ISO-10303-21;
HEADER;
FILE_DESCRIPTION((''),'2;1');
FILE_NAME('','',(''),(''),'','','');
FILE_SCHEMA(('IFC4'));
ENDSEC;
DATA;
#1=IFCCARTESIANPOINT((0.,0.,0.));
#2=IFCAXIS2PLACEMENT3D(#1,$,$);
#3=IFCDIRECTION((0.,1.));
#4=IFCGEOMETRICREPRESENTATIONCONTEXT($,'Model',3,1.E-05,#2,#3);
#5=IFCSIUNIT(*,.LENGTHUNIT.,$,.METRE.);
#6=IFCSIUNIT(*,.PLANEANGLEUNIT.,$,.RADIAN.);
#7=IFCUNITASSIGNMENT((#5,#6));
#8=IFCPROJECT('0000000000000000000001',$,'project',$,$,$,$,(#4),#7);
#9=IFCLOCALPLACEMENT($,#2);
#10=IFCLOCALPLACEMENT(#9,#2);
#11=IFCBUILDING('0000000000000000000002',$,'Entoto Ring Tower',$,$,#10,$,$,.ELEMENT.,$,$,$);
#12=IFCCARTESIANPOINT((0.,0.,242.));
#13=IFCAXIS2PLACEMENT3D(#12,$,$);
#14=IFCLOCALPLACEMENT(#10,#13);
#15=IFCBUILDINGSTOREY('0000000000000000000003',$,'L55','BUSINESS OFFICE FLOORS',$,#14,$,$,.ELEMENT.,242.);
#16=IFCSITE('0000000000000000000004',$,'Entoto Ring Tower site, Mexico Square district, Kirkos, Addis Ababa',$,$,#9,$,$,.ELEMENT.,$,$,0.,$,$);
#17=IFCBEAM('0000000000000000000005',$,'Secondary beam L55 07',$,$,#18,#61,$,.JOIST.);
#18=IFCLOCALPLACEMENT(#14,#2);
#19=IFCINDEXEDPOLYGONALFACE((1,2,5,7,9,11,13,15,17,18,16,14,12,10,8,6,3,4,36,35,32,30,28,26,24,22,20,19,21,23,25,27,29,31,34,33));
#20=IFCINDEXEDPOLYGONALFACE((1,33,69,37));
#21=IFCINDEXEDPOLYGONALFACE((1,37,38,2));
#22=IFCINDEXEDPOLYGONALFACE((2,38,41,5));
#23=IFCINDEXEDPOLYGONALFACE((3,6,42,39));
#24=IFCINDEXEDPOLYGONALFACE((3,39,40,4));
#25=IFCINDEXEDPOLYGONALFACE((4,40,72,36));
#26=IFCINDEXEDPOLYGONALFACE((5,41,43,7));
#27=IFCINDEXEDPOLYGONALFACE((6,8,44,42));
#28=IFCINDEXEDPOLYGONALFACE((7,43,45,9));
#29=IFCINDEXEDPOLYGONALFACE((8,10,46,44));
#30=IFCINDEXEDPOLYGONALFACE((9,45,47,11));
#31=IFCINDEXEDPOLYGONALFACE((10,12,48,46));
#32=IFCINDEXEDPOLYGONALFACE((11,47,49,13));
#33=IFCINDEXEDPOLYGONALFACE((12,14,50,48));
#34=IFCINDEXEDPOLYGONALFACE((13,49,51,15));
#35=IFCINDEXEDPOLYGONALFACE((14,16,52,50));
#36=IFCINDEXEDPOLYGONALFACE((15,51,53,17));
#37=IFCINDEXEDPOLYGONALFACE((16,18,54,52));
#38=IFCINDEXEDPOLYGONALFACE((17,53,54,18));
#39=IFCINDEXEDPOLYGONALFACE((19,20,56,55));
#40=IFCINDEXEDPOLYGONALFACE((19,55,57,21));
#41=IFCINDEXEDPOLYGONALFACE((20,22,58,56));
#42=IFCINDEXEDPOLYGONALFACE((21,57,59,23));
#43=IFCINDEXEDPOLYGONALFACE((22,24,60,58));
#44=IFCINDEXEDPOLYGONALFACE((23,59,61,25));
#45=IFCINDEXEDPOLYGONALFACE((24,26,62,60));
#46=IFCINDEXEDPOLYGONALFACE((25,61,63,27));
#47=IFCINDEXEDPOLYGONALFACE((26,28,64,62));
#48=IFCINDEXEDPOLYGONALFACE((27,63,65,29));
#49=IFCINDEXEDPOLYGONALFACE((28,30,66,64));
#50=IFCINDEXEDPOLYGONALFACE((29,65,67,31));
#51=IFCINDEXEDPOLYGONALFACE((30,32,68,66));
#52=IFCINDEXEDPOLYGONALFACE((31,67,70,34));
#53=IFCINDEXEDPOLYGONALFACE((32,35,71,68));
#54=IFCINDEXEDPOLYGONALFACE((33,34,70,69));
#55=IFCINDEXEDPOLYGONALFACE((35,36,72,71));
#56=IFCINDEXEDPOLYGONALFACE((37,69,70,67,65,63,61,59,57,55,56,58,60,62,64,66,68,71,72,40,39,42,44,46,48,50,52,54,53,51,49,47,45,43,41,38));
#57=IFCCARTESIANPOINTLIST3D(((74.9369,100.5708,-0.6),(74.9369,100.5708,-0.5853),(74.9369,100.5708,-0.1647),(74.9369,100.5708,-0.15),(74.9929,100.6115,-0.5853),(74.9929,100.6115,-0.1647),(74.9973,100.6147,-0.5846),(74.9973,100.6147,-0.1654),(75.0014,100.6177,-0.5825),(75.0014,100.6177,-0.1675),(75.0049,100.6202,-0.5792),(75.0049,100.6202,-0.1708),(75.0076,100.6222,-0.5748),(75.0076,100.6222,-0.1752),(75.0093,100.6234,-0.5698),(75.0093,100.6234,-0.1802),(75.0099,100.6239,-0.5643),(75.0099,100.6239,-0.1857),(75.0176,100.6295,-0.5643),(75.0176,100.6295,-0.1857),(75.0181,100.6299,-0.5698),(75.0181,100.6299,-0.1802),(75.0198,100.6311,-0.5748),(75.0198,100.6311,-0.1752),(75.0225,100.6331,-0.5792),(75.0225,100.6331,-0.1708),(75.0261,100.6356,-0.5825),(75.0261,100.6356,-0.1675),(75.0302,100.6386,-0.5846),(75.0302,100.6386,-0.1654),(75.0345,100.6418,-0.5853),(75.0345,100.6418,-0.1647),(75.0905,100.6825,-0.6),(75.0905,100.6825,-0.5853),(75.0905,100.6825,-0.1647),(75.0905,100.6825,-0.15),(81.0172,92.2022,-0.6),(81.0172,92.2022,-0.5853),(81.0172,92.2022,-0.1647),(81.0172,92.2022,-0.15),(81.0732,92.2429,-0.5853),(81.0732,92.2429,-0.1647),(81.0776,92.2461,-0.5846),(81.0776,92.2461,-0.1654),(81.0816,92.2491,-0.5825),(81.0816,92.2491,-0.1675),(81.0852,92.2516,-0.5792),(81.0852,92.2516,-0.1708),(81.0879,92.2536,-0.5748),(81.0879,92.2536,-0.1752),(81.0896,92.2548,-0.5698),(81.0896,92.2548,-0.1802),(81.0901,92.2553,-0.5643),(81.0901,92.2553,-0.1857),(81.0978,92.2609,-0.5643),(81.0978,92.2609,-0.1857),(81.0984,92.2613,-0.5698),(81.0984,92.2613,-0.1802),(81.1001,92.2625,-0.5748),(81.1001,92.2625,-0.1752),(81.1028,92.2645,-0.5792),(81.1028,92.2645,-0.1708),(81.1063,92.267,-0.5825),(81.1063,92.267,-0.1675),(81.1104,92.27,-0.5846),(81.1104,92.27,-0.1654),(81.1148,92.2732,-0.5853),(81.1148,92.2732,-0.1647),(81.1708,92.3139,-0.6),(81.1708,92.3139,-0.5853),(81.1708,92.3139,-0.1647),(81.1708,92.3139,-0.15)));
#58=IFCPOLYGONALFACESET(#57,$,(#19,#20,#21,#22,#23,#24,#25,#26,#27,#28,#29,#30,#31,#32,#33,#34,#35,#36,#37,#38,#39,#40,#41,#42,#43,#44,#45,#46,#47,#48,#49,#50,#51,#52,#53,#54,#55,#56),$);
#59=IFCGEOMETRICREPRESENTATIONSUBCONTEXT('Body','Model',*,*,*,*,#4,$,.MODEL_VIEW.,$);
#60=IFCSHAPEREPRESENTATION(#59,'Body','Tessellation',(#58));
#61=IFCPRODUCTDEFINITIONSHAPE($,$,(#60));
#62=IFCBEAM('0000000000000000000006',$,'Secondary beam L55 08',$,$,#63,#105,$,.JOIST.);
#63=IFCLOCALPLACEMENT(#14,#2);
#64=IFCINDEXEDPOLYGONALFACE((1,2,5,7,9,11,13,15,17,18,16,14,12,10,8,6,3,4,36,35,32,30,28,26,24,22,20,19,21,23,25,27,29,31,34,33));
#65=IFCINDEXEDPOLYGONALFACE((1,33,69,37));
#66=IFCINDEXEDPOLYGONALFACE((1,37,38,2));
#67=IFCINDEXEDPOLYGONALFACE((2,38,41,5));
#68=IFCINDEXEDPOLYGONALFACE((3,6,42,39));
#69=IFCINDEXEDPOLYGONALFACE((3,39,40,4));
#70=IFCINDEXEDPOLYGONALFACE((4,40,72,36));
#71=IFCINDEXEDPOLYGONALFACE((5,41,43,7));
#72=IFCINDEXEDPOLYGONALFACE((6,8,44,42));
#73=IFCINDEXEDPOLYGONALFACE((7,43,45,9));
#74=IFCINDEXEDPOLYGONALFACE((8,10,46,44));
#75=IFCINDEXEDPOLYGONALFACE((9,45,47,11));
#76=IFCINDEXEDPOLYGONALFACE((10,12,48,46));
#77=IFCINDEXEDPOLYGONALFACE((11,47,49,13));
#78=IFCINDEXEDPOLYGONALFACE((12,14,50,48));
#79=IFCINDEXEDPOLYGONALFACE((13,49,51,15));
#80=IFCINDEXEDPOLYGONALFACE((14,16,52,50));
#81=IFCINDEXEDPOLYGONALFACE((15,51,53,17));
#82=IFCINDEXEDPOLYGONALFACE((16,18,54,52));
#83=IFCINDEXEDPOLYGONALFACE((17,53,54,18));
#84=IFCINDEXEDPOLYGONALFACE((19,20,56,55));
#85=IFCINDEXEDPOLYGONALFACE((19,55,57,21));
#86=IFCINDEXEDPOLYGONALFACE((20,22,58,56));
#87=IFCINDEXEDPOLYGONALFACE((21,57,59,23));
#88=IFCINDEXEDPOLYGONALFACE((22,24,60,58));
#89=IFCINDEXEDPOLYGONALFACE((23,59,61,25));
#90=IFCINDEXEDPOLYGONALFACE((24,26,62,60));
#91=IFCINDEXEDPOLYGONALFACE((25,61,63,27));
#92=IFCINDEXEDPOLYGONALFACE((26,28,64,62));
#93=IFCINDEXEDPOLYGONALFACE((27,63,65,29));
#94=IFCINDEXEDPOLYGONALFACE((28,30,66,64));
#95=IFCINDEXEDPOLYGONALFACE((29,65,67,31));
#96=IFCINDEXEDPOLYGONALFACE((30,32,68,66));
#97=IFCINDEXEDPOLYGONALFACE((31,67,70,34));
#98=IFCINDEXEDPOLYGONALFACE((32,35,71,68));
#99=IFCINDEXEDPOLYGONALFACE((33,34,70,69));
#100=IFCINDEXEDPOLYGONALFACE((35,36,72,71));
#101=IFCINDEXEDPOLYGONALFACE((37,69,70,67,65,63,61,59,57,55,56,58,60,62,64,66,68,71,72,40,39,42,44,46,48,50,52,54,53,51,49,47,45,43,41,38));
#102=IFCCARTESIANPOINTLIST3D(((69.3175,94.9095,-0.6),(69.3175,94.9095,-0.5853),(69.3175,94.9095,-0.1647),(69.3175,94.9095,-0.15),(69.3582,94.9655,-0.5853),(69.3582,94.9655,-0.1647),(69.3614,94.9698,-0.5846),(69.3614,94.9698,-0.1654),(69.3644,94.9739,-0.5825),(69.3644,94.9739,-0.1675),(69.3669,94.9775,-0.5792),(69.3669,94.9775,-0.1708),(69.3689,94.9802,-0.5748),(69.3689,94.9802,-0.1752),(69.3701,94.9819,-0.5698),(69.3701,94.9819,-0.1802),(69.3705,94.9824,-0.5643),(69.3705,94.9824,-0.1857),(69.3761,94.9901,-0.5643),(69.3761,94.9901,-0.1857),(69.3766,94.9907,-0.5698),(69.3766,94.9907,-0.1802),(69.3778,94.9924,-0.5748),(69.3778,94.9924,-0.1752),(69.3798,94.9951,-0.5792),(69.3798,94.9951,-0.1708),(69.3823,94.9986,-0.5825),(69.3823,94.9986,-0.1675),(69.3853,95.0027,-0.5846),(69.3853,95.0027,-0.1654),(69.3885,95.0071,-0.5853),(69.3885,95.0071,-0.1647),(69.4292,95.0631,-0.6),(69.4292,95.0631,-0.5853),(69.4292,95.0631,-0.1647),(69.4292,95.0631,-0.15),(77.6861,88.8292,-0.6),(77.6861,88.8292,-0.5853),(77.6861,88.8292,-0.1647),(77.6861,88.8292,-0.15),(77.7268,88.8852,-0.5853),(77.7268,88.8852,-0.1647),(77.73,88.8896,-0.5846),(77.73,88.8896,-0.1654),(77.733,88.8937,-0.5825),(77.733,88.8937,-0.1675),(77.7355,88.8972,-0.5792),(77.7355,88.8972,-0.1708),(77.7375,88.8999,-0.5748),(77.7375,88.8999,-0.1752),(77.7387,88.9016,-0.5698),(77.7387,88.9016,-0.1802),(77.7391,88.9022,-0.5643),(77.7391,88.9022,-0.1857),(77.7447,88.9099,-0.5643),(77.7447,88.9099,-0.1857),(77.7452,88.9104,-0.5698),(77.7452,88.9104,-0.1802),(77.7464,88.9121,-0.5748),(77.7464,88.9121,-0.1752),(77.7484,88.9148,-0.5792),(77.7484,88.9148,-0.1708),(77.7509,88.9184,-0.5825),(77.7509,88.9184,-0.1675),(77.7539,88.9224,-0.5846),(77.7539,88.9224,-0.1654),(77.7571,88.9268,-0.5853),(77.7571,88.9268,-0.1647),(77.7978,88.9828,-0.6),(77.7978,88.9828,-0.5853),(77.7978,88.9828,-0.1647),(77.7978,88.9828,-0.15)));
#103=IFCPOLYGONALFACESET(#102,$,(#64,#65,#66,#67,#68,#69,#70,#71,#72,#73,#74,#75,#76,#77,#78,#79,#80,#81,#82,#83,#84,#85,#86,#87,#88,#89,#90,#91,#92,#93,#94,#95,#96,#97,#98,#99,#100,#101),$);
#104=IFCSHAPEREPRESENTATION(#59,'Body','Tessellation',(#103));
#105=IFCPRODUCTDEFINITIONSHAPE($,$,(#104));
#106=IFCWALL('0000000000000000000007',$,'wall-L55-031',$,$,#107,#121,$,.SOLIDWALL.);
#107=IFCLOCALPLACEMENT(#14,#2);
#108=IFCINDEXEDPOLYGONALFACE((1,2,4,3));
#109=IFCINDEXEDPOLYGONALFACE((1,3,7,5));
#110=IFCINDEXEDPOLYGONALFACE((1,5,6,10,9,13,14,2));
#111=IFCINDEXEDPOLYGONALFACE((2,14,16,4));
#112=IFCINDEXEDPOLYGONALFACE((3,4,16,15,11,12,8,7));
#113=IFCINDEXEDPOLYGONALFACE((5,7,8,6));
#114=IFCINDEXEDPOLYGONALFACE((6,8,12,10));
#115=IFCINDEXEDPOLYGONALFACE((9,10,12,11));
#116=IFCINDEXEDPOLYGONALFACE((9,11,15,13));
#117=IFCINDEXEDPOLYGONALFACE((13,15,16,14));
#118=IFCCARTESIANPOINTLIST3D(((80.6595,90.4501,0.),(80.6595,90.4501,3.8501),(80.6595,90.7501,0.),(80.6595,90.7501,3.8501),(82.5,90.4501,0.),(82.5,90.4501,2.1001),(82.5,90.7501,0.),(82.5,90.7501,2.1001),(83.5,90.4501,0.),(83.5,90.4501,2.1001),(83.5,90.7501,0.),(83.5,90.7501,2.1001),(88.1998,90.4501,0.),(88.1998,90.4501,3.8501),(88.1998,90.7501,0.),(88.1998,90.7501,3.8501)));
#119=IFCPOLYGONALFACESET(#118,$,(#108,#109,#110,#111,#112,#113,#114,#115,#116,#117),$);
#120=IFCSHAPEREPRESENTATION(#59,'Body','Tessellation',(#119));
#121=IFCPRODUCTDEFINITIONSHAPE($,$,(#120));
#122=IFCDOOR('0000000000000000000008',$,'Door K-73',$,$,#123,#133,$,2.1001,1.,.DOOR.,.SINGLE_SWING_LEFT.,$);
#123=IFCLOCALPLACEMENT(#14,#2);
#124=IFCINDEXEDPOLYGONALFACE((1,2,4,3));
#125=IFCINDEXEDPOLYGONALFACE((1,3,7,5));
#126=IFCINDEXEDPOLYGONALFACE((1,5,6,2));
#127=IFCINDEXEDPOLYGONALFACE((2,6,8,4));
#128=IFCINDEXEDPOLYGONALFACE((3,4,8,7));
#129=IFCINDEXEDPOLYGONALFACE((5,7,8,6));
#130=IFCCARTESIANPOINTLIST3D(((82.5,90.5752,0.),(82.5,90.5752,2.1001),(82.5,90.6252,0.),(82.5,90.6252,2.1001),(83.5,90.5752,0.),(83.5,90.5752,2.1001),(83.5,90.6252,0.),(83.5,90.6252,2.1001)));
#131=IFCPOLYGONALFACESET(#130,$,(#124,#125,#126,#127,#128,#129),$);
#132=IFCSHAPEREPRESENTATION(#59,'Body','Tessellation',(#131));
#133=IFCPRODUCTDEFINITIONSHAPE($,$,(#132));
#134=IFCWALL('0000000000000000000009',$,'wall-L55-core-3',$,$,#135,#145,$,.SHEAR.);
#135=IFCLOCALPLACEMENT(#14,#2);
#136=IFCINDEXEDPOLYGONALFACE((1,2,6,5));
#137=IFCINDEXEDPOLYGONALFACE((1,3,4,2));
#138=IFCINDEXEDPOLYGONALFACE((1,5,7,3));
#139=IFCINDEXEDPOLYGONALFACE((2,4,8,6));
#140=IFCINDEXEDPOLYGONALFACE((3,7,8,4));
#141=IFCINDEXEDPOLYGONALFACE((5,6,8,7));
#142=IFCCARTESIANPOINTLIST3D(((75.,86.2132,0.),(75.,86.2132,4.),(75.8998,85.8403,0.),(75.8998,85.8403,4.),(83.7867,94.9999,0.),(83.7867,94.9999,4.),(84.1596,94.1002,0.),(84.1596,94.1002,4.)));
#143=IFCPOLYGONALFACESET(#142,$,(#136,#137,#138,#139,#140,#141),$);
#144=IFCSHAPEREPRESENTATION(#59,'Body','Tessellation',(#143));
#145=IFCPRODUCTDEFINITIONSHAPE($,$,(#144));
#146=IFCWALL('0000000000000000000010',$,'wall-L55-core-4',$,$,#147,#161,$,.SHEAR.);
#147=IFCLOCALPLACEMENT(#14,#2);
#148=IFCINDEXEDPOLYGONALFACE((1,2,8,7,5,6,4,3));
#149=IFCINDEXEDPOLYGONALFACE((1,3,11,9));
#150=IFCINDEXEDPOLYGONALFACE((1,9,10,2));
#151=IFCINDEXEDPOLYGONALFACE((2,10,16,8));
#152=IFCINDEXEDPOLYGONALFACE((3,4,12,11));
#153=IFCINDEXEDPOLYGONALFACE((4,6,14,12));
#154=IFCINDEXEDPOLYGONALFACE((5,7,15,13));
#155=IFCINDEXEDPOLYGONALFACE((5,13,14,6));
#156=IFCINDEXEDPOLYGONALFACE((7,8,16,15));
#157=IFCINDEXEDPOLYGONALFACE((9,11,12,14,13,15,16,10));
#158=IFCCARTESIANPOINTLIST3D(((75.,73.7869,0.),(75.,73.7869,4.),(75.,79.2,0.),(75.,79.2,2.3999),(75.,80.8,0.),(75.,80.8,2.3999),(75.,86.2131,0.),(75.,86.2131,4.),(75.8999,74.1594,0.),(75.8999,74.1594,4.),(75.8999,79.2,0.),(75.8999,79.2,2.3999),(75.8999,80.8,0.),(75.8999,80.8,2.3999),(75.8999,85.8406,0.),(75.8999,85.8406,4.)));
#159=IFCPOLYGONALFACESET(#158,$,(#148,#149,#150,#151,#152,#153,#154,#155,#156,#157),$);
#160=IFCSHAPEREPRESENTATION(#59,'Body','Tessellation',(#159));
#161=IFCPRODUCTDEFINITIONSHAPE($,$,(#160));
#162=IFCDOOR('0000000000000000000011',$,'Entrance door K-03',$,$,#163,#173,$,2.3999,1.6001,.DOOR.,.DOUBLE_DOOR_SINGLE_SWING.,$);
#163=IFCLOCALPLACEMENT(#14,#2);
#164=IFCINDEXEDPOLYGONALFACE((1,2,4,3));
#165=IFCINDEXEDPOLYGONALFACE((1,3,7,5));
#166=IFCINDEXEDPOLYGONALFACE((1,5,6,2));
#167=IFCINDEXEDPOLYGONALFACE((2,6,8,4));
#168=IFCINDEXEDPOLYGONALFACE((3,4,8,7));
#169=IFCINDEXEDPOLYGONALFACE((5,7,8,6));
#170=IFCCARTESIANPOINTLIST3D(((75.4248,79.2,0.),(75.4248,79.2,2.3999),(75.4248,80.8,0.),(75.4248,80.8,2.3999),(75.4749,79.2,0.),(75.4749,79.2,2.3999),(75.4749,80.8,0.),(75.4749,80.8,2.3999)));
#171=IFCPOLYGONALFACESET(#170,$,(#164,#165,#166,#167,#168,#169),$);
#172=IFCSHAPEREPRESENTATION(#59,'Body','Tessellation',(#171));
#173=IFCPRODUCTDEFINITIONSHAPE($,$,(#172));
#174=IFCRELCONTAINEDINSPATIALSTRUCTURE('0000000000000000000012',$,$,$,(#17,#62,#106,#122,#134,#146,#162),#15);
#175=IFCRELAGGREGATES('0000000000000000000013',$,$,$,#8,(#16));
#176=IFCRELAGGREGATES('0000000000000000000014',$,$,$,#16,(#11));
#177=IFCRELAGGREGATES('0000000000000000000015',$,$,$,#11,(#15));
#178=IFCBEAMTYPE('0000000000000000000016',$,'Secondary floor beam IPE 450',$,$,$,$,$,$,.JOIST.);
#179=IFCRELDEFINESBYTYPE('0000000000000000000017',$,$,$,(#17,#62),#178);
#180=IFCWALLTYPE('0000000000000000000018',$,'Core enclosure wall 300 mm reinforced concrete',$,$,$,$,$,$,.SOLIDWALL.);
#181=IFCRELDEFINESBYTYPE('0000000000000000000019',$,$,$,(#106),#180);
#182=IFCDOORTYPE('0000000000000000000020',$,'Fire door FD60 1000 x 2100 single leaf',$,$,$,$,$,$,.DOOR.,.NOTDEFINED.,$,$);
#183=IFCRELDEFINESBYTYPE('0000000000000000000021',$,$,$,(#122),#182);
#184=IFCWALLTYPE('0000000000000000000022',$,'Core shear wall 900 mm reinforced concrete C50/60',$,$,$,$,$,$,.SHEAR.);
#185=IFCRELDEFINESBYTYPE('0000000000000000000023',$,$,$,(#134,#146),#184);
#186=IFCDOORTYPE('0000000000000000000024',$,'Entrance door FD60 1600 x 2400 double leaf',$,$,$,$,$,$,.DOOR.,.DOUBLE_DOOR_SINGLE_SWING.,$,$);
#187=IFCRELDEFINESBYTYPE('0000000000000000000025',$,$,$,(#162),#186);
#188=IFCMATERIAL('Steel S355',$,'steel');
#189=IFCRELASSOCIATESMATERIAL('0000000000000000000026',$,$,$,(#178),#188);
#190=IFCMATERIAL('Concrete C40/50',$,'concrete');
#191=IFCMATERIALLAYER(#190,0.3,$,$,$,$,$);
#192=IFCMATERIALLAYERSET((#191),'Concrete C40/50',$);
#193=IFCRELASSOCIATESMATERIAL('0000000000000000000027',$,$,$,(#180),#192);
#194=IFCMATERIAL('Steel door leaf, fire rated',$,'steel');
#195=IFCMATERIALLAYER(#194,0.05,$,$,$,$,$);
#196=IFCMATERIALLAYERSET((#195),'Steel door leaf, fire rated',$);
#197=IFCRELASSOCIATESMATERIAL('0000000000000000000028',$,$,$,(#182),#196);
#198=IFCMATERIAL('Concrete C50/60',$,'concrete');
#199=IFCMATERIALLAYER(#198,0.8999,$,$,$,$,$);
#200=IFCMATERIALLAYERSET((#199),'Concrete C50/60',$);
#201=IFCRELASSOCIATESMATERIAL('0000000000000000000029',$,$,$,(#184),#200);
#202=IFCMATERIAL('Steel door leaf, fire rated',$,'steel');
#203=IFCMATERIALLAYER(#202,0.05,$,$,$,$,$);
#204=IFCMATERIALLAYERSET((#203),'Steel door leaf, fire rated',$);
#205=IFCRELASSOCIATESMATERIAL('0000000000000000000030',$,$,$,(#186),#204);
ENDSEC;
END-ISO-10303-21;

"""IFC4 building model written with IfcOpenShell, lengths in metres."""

from ifc_helpers import new_model, si_unit, direction, frame, frame_2d, origin, origin_2d, place, context, subcontext, project, spatial, polyline, rectangle, i_section, outline, extrude, material, layer, layer_set, material_profile, profile_set, type_object, element, fill, save


model = new_model("IFC4")

# Units and contexts
model_context = context("Model", 3, precision=1e-05, world=origin(), true_north=direction((0.0, 1.0)))
body_context = subcontext(model_context, "Body", "Model", "MODEL_VIEW")
ifc_project = project(units=[si_unit("LENGTHUNIT", "METRE"), si_unit("PLANEANGLEUNIT", "RADIAN")], contexts=[model_context])

# Site, building, storey
site_placement = place(None, origin())
site = spatial("IfcSite", under=ifc_project, at=site_placement, Name="Entoto Ring Tower site, Mexico Square district, Kirkos, Addis Ababa", CompositionType="ELEMENT", RefElevation=0.0)
building_placement = place(site_placement, origin())
building = spatial("IfcBuilding", under=site, at=building_placement, Name="Entoto Ring Tower", CompositionType="ELEMENT")
storey_placement = place(building_placement, frame((0.0, 0.0, 242.0)))
storey = spatial("IfcBuildingStorey", under=building, at=storey_placement, Name="L55", Description="BUSINESS OFFICE FLOORS", CompositionType="ELEMENT", Elevation=242.0)

# Beams
ifc_material_1 = material(Name="Steel S355", Category="steel")
ifc_material_profile_1 = material_profile(ifc_material_1, i_section(OverallWidth=0.1899, OverallDepth=0.45, WebThickness=0.0095, FlangeThickness=0.0146, FilletRadius=0.021, at=origin_2d()), Name="IPE 450")
ifc_profile_set_1 = profile_set([ifc_material_profile_1], Name="Steel S355")
beam_type_1 = type_object("IfcBeamType", Name="Secondary floor beam IPE 450", PredefinedType="JOIST", material=ifc_profile_set_1)
for number, where, z_axis, x_axis, name in (
    (1, (81.094, 92.2581, -0.375), (-0.587794, 0.809011, 0.0), (-0.809011, -0.587794, 0.0), "Secondary beam L55 07"),
    (2, (77.7419, 88.906, -0.375), (-0.809011, 0.587794, 0.0), (-0.587794, -0.809011, 0.0), "Secondary beam L55 08"),
):
    element("IfcBeam", number, at=place(storey_placement, frame(where, z_axis=z_axis, x_axis=x_axis)), inside=storey, type_object=beam_type_1, Name=name, PredefinedType="JOIST", context=body_context, shape_type="SweptSolid", body=[
        extrude(i_section(OverallWidth=0.1899, OverallDepth=0.45, WebThickness=0.0095, FlangeThickness=0.0146, FilletRadius=0.021, at=origin_2d()), origin(), (0.0, 0.0, 1.0), 10.3442),
    ])

# Wall, opening, door
ifc_material_2 = material(Name="Concrete C40/50", Category="concrete")
ifc_layer_1 = layer(ifc_material_2, 0.3)
ifc_layer_set_1 = layer_set([ifc_layer_1], Name="Concrete C40/50")
wall_type_1 = type_object("IfcWallType", Name="Core enclosure wall 300 mm reinforced concrete", PredefinedType="SOLIDWALL", material=ifc_layer_set_1)
wall_1_placement = place(storey_placement, frame((80.6597, 90.6001, 0.0), z_axis=(0.0, 0.0, 1.0), x_axis=(1.0, 0.0, 0.0)))
wall_1 = element("IfcWall", 3, at=wall_1_placement, inside=storey, type_object=wall_type_1, Name="wall-L55-031", PredefinedType="SOLIDWALL", context=body_context, shape_type="SweptSolid", body=[
    extrude(rectangle(XDim=7.5403, YDim=0.3, at=frame_2d((3.77, 0.0))), origin(), (0.0, 0.0, 1.0), 3.8501),
])
opening_1_placement = place(wall_1_placement, frame((1.8403, 0.0, 0.0)))
opening_1 = element("IfcOpeningElement", 4, at=opening_1_placement, cuts=wall_1, PredefinedType="OPENING", context=body_context, shape_type="SweptSolid", body=[
    extrude(rectangle(XDim=1.0, YDim=2.1001, at=frame_2d((0.5, 1.05))), frame((0.0, 0.1602, 0.0), z_axis=(0.0, -1.0, 0.0), x_axis=(1.0, 0.0, 0.0)), (0.0, 0.0, 1.0), 0.3201),
])
ifc_material_3 = material(Name="Steel door leaf, fire rated", Category="steel")
ifc_layer_2 = layer(ifc_material_3, 0.05)
ifc_layer_set_2 = layer_set([ifc_layer_2], Name="Steel door leaf, fire rated")
door_type_1 = type_object("IfcDoorType", Name="Fire door FD60 1000 x 2100 single leaf", OperationType="NOTDEFINED", PredefinedType="DOOR", material=ifc_layer_set_2)
door_1_placement = place(opening_1_placement, frame((1.0, 0.0, 0.0), z_axis=(0.0, 0.0, 1.0), x_axis=(-1.0, 0.0, 0.0)))
door_1 = element("IfcDoor", 5, at=door_1_placement, inside=storey, type_object=door_type_1, Name="Door K-73", OperationType="SINGLE_SWING_LEFT", OverallHeight=2.1001, OverallWidth=1.0, PredefinedType="DOOR", context=body_context, shape_type="SweptSolid", body=[
    extrude(rectangle(XDim=1.0, YDim=2.1001, at=frame_2d((0.5, 1.05))), frame((0.0, 0.0249, 0.0), z_axis=(0.0, -1.0, 0.0), x_axis=(1.0, 0.0, 0.0)), (0.0, 0.0, 1.0), 0.05),
])
fill(opening_1, door_1)

# Wall
ifc_material_4 = material(Name="Concrete C50/60", Category="concrete")
ifc_layer_3 = layer(ifc_material_4, 0.8999)
ifc_layer_set_3 = layer_set([ifc_layer_3], Name="Concrete C50/60")
wall_type_2 = type_object("IfcWallType", Name="Core shear wall 900 mm reinforced concrete C50/60", PredefinedType="SHEAR", material=ifc_layer_set_3)
wall_2_placement = place(storey_placement, frame((83.9731, 94.55, 0.0), z_axis=(0.0, 0.0, 1.0), x_axis=(-0.707107, -0.707107, 0.0)))
element("IfcWall", 6, at=wall_2_placement, inside=storey, type_object=wall_type_2, Name="wall-L55-core-3", PredefinedType="SHEAR", context=body_context, shape_type="SweptSolid", body=[
    extrude(outline(polyline([(-0.1863, -0.45), (12.24, -0.45), (11.8674, 0.45), (0.1863, 0.45), (-0.1863, -0.45)])), origin(), (0.0, 0.0, 1.0), 4.0),
])

# Wall, opening, door
wall_3_placement = place(storey_placement, frame((75.45, 86.0269, 0.0), z_axis=(0.0, 0.0, 1.0), x_axis=(0.0, -1.0, 0.0)))
wall_3 = element("IfcWall", 7, at=wall_3_placement, inside=storey, type_object=wall_type_2, Name="wall-L55-core-4", PredefinedType="SHEAR", context=body_context, shape_type="SweptSolid", body=[
    extrude(outline(polyline([(-0.1863, -0.45), (12.24, -0.45), (11.8674, 0.45), (0.1863, 0.45), (-0.1863, -0.45)])), origin(), (0.0, 0.0, 1.0), 4.0),
])
opening_2_placement = place(wall_3_placement, frame((5.2268, 0.0, 0.0)))
opening_2 = element("IfcOpeningElement", 8, at=opening_2_placement, cuts=wall_3, PredefinedType="OPENING", context=body_context, shape_type="SweptSolid", body=[
    extrude(rectangle(XDim=1.6001, YDim=2.3999, at=frame_2d((0.8, 1.2))), frame((0.0, 0.46, 0.0), z_axis=(0.0, -1.0, 0.0), x_axis=(1.0, 0.0, 0.0)), (0.0, 0.0, 1.0), 0.9199),
])
ifc_material_5 = material(Name="Steel door leaf, fire rated", Category="steel")
ifc_layer_4 = layer(ifc_material_5, 0.05)
ifc_layer_set_4 = layer_set([ifc_layer_4], Name="Steel door leaf, fire rated")
door_type_2 = type_object("IfcDoorType", Name="Entrance door FD60 1600 x 2400 double leaf", OperationType="DOUBLE_DOOR_SINGLE_SWING", PredefinedType="DOOR", material=ifc_layer_set_4)
door_2_placement = place(opening_2_placement, origin())
door_2 = element("IfcDoor", 9, at=door_2_placement, inside=storey, type_object=door_type_2, Name="Entrance door K-03", OperationType="DOUBLE_DOOR_SINGLE_SWING", OverallHeight=2.3999, OverallWidth=1.6001, PredefinedType="DOOR", context=body_context, shape_type="SweptSolid", body=[
    extrude(rectangle(XDim=1.6001, YDim=2.3999, at=frame_2d((0.8, 1.2))), frame((0.0, 0.0249, 0.0), z_axis=(0.0, -1.0, 0.0), x_axis=(1.0, 0.0, 0.0)), (0.0, 0.0, 1.0), 0.05),
])
fill(opening_2, door_2)

save(model, "model.ifc")
